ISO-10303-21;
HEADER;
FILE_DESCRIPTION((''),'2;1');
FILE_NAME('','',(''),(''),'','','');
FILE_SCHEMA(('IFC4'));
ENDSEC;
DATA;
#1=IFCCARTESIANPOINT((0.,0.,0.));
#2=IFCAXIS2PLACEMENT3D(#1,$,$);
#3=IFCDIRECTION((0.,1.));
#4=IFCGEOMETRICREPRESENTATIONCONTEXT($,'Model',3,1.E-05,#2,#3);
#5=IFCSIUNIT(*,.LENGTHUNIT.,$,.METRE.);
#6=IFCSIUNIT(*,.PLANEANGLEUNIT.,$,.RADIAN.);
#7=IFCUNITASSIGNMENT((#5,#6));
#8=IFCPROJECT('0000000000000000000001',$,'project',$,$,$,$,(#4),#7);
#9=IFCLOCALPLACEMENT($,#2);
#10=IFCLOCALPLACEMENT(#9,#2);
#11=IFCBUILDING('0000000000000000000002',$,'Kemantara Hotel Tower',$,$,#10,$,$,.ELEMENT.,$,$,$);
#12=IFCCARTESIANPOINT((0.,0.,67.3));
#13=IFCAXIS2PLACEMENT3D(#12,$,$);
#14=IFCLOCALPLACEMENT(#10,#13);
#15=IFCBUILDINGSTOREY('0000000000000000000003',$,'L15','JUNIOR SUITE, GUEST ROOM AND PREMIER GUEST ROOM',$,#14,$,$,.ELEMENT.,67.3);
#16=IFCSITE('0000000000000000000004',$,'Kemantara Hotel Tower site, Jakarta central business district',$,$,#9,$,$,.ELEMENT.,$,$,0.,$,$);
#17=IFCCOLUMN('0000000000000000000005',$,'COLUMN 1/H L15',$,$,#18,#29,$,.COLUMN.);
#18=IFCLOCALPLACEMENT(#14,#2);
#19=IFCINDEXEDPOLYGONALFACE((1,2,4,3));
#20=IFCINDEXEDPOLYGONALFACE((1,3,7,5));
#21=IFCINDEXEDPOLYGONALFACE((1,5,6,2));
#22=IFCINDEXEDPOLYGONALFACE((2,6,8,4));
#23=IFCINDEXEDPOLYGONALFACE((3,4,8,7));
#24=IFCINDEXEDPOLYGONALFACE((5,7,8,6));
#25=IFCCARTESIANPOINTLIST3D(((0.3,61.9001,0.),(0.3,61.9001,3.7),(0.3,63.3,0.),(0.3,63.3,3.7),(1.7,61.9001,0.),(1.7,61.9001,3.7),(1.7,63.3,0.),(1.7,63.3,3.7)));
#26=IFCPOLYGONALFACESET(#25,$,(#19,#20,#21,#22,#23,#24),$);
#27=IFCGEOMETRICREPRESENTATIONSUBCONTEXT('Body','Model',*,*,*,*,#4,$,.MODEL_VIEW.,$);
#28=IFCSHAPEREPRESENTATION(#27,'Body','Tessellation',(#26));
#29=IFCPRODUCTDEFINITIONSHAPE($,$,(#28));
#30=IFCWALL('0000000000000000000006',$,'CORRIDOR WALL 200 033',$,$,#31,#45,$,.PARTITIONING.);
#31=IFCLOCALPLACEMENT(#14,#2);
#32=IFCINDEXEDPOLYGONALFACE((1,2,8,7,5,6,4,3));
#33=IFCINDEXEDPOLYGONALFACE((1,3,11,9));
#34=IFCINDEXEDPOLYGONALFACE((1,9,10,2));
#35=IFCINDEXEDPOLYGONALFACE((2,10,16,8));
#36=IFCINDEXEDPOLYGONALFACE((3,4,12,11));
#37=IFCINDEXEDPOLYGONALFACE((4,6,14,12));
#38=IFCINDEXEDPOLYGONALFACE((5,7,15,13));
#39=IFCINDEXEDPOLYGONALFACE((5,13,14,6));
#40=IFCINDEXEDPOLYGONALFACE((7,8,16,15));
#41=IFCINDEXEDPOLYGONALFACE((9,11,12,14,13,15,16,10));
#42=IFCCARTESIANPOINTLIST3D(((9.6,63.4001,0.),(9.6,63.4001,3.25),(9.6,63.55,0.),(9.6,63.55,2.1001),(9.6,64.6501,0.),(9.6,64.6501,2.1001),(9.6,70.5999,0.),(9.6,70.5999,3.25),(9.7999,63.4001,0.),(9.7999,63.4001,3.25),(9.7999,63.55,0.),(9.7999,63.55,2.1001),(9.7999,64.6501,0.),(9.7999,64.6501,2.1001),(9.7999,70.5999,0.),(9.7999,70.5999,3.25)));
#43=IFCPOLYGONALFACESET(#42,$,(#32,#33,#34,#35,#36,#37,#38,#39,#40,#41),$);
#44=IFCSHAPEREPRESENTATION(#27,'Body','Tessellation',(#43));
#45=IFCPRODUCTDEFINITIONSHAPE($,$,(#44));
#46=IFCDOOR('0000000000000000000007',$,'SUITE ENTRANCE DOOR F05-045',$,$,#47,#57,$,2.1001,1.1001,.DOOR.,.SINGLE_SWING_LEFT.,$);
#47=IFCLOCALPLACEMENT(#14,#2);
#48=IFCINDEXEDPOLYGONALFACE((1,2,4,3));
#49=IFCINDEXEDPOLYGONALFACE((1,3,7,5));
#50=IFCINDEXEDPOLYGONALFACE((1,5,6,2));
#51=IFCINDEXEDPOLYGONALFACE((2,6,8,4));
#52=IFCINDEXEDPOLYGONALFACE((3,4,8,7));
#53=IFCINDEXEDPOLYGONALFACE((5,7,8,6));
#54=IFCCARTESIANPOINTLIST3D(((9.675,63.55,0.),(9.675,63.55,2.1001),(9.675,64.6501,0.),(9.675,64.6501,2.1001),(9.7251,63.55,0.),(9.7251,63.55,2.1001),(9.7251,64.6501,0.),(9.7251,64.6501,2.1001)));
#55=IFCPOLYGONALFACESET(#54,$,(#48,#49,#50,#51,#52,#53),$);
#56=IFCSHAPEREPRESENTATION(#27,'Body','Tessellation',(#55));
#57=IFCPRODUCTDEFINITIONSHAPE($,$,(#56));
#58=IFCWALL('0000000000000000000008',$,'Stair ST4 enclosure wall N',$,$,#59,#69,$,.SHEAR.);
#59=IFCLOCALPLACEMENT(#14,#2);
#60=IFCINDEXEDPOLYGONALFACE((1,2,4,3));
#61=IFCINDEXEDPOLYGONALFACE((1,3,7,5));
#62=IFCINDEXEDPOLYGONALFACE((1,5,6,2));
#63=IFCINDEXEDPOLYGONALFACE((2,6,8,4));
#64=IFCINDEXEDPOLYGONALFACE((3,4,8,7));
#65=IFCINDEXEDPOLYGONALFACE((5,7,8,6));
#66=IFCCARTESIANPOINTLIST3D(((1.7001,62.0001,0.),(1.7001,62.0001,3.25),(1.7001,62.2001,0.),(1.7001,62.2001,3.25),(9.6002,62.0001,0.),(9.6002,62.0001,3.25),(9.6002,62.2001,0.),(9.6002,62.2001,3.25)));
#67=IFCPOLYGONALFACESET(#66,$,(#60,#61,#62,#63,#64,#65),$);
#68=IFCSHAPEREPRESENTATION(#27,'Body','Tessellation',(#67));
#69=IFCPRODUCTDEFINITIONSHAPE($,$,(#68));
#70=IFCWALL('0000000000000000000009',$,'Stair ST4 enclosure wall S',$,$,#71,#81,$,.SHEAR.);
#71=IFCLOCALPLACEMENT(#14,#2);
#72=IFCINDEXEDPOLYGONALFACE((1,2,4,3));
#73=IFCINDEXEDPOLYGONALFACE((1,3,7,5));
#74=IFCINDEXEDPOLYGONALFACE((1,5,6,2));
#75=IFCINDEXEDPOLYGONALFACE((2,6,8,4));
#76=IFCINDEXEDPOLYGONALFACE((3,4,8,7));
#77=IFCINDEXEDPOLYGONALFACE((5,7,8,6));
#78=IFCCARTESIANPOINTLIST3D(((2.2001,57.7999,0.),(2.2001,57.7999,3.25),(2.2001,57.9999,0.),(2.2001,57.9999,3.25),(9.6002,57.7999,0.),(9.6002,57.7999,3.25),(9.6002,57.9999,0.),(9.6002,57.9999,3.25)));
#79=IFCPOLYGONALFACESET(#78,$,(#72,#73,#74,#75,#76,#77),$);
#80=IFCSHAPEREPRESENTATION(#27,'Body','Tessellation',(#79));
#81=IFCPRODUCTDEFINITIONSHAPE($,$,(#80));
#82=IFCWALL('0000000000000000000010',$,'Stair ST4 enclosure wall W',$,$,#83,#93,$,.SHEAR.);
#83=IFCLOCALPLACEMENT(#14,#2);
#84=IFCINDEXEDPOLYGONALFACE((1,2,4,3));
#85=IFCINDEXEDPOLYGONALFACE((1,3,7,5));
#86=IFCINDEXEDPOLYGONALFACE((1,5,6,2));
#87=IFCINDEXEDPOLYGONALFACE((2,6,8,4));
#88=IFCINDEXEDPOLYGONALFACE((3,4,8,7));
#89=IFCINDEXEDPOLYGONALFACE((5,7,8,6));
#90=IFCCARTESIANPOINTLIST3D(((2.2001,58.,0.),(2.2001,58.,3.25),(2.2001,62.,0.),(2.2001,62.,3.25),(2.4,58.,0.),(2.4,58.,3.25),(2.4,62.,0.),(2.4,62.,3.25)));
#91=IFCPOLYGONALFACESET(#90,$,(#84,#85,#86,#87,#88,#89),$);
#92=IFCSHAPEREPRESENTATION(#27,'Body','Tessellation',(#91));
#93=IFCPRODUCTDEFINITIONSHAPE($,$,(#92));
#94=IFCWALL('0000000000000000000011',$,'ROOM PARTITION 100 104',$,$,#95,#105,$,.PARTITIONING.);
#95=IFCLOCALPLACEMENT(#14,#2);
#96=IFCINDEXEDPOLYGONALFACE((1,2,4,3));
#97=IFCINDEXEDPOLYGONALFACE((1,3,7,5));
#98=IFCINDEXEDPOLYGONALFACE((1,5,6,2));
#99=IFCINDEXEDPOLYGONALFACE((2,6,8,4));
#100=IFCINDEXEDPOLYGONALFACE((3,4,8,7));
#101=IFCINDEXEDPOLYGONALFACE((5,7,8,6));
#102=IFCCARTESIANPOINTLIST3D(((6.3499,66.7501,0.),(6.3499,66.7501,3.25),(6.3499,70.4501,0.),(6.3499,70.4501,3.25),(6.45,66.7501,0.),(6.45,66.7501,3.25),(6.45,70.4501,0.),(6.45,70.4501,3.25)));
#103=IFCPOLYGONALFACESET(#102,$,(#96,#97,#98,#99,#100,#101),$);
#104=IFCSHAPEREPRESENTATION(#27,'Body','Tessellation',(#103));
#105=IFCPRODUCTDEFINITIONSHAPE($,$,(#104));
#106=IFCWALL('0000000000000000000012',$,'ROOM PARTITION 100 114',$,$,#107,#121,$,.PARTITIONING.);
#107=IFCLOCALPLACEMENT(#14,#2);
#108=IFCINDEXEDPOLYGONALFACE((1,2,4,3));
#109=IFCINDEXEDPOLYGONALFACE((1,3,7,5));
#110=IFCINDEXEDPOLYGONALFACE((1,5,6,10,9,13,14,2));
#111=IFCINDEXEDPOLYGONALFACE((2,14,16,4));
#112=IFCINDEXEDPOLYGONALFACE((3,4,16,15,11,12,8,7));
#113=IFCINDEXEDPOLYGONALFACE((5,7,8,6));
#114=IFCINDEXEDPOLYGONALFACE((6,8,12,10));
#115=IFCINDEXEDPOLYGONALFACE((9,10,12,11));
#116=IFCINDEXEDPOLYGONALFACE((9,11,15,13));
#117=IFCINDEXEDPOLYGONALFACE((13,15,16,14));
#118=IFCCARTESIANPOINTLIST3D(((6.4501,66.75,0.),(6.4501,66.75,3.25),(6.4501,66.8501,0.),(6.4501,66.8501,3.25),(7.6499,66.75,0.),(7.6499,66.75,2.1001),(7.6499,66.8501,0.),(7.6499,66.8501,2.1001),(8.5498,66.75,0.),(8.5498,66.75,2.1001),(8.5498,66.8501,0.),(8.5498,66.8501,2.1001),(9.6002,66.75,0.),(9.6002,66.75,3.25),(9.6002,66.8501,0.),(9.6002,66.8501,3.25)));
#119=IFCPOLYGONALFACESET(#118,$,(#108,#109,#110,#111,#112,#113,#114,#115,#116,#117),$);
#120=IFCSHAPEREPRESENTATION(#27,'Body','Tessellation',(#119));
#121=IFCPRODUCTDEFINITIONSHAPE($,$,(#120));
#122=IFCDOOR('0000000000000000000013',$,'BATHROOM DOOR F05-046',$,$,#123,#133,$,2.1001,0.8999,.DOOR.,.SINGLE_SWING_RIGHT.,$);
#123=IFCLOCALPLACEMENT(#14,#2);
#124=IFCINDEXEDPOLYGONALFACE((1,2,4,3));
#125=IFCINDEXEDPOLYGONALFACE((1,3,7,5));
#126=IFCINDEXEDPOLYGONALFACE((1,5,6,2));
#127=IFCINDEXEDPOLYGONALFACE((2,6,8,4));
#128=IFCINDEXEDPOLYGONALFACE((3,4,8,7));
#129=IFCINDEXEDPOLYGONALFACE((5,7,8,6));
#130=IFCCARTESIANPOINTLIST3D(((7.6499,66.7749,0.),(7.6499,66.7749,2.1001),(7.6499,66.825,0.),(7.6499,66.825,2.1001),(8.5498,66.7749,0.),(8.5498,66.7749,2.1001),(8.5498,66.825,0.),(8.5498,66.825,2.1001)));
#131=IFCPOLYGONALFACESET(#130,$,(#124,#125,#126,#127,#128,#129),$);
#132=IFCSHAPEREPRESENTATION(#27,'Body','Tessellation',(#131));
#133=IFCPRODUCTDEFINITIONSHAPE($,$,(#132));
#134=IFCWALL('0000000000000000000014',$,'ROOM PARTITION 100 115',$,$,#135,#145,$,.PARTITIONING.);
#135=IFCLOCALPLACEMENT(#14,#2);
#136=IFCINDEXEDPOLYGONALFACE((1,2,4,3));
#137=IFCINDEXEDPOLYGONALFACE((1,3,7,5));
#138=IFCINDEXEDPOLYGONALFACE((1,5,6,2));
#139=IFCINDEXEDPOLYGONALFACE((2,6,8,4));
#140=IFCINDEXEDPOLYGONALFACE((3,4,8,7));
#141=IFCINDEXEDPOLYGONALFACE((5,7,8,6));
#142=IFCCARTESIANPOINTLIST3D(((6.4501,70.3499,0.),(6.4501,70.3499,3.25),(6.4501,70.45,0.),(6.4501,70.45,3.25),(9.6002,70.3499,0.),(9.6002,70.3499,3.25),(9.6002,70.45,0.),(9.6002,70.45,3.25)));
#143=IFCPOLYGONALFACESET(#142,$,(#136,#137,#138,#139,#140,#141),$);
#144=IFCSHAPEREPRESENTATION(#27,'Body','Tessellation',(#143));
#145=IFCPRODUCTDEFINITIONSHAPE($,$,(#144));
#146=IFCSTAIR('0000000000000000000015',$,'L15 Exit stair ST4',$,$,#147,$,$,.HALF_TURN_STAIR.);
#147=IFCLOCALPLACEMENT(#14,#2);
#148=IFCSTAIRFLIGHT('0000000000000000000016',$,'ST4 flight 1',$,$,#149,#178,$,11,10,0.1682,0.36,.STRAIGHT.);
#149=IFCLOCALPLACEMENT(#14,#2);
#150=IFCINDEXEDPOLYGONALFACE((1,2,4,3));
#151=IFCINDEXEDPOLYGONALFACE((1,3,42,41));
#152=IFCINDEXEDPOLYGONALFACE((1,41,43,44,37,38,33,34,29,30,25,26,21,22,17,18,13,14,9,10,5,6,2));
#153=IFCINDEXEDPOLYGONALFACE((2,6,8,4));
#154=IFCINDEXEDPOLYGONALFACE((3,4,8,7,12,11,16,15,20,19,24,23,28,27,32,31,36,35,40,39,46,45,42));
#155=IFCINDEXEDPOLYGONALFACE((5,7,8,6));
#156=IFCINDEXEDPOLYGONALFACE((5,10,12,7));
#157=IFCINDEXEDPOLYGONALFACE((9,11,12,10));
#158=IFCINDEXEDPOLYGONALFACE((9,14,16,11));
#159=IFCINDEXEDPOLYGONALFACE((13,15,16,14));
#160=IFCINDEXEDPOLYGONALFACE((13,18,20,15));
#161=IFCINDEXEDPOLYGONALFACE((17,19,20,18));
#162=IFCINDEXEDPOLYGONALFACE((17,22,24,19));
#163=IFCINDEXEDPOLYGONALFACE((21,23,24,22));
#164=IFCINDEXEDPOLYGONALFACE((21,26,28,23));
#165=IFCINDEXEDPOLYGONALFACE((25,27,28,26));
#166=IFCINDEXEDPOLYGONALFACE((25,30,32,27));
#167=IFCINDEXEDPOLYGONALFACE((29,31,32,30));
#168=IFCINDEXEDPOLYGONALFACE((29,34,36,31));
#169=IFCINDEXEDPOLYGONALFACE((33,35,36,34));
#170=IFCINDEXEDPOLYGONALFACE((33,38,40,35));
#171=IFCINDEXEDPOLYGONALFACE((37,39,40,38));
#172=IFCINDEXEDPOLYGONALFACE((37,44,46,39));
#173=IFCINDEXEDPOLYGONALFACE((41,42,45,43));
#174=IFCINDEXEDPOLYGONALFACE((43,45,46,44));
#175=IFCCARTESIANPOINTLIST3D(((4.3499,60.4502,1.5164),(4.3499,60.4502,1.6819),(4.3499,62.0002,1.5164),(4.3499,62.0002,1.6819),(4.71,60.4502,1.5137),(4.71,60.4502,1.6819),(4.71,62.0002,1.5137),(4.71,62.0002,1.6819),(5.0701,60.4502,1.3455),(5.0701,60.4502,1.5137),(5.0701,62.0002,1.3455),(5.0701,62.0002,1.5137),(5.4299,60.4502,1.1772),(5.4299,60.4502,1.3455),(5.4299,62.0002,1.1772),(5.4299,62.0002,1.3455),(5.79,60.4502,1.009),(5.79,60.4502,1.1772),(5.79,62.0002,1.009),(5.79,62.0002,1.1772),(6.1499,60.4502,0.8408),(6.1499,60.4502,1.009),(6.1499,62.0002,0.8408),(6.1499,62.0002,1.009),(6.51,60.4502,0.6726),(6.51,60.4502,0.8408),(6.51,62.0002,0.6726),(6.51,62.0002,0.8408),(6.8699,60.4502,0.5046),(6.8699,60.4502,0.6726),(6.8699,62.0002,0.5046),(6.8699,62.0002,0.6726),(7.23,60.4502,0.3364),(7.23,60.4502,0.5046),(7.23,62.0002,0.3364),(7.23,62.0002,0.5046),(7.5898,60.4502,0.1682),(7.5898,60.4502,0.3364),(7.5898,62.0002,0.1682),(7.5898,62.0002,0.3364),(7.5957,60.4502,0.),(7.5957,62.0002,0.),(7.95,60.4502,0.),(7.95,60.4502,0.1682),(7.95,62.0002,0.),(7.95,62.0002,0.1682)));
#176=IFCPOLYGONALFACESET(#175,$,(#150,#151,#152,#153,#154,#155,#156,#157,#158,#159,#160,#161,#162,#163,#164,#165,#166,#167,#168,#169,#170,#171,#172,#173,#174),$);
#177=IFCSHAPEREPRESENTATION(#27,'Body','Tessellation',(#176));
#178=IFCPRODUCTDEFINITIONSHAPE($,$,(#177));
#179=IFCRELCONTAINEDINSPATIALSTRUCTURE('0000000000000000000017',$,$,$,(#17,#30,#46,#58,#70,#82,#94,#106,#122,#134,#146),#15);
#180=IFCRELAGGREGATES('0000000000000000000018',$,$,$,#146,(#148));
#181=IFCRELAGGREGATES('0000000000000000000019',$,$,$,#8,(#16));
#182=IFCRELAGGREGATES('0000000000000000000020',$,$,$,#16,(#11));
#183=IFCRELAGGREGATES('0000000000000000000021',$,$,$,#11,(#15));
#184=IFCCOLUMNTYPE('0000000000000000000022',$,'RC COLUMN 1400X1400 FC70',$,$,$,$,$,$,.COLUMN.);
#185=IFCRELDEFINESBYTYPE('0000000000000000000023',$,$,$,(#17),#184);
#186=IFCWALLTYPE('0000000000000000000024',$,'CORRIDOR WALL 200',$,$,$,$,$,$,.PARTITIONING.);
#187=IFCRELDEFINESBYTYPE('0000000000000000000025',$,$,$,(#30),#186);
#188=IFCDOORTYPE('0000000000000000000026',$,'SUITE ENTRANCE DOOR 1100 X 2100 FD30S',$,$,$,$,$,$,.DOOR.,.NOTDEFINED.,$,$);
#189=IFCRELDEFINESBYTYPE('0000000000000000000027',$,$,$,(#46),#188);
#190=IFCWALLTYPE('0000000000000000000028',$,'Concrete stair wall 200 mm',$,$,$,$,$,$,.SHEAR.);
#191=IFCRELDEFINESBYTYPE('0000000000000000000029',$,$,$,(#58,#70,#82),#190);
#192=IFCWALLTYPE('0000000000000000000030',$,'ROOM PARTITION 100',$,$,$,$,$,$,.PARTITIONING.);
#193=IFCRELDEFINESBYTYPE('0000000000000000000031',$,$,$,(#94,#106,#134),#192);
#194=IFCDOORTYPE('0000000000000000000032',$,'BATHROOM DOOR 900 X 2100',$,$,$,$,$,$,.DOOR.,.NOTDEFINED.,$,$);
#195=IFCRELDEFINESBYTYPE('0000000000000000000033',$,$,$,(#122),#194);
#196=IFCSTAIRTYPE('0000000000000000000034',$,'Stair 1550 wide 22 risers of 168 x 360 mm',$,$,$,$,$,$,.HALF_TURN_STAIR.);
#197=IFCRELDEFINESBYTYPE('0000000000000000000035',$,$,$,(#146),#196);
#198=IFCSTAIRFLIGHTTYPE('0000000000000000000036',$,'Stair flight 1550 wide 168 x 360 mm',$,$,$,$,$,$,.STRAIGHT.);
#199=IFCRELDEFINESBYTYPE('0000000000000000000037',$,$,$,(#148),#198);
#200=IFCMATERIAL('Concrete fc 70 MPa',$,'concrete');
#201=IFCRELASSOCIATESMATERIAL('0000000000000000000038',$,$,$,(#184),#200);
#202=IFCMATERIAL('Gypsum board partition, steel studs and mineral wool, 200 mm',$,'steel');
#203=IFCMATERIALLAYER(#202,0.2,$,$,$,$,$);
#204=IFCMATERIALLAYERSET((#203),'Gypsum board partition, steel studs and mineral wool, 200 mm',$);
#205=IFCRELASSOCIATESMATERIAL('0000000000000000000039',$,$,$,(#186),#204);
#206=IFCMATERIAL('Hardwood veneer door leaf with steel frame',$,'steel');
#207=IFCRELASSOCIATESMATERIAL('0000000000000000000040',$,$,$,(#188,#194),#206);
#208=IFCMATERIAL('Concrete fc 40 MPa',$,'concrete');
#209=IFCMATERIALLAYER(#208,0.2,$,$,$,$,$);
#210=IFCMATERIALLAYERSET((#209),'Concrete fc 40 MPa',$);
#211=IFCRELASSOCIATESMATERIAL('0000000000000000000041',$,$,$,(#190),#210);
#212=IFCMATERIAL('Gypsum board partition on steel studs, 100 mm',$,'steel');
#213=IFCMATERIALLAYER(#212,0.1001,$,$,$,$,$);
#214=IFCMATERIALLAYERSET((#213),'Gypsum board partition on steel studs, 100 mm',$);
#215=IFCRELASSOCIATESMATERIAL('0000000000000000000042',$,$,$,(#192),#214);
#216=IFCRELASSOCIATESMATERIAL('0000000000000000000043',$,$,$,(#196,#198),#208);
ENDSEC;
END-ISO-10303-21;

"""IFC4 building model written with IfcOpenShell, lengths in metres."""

from ifc_helpers import new_model, si_unit, direction, frame, frame_2d, origin, origin_2d, place, context, subcontext, project, spatial, polyline, rectangle, outline, extrude, material, layer, layer_set, material_profile, profile_set, type_object, element, fill, aggregate, save


model = new_model("IFC4")

# Units and contexts
model_context = context("Model", 3, precision=1e-05, world=origin(), true_north=direction((0.0, 1.0)))
body_context = subcontext(model_context, "Body", "Model", "MODEL_VIEW")
ifc_project = project(units=[si_unit("LENGTHUNIT", "METRE"), si_unit("PLANEANGLEUNIT", "RADIAN")], contexts=[model_context])

# Site, building, storey
site_placement = place(None, origin())
site = spatial("IfcSite", under=ifc_project, at=site_placement, Name="Kemantara Hotel Tower site, Jakarta central business district", CompositionType="ELEMENT", RefElevation=0.0)
building_placement = place(site_placement, origin())
building = spatial("IfcBuilding", under=site, at=building_placement, Name="Kemantara Hotel Tower", CompositionType="ELEMENT")
storey_placement = place(building_placement, frame((0.0, 0.0, 67.3)))
storey = spatial("IfcBuildingStorey", under=building, at=storey_placement, Name="L15", Description="JUNIOR SUITE, GUEST ROOM AND PREMIER GUEST ROOM", CompositionType="ELEMENT", Elevation=67.3)

# Column
ifc_material_1 = material(Name="Concrete fc 70 MPa", Category="concrete")
ifc_material_profile = material_profile(ifc_material_1, rectangle(XDim=1.3999, YDim=1.3999, at=origin_2d()), Name="RC 1400X1400")
ifc_profile_set = profile_set([ifc_material_profile], Name="Concrete fc 70 MPa")
column_type = type_object("IfcColumnType", Name="RC COLUMN 1400X1400 FC70", PredefinedType="COLUMN", material=ifc_profile_set)
column_placement = place(storey_placement, frame((1.0, 62.6001, 0.0), z_axis=(0.0, 0.0, 1.0), x_axis=(1.0, 0.0, 0.0)))
element("IfcColumn", 1, at=column_placement, inside=storey, type_object=column_type, Name="COLUMN 1/H L15", PredefinedType="COLUMN", context=body_context, shape_type="SweptSolid", body=[
    extrude(rectangle(XDim=1.3999, YDim=1.3999, at=origin_2d()), origin(), (0.0, 0.0, 1.0), 3.7),
])

# Wall, opening, door
ifc_material_2 = material(Name="Gypsum board partition, steel studs and mineral wool, 200 mm", Category="steel")
ifc_layer_1 = layer(ifc_material_2, 0.2)
ifc_layer_set_1 = layer_set([ifc_layer_1], Name="Gypsum board partition, steel studs and mineral wool, 200 mm")
wall_type_1 = type_object("IfcWallType", Name="CORRIDOR WALL 200", PredefinedType="PARTITIONING", material=ifc_layer_set_1)
wall_1_placement = place(storey_placement, frame((9.7, 63.4001, 0.0), z_axis=(0.0, 0.0, 1.0), x_axis=(0.0, 1.0, 0.0)))
wall_1 = element("IfcWall", 2, at=wall_1_placement, inside=storey, type_object=wall_type_1, Name="CORRIDOR WALL 200 033", PredefinedType="PARTITIONING", context=body_context, shape_type="SweptSolid", body=[
    extrude(rectangle(XDim=7.1997, YDim=0.2, at=frame_2d((3.5999, 0.0))), origin(), (0.0, 0.0, 1.0), 3.25),
])
opening_1_placement = place(wall_1_placement, frame((0.1499, 0.0, 0.0)))
opening_1 = element("IfcOpeningElement", 3, at=opening_1_placement, cuts=wall_1, PredefinedType="OPENING", context=body_context, shape_type="SweptSolid", body=[
    extrude(rectangle(XDim=1.1001, YDim=2.1001, at=frame_2d((0.55, 1.05))), frame((0.0, 0.1099, 0.0), z_axis=(0.0, -1.0, 0.0), x_axis=(1.0, 0.0, 0.0)), (0.0, 0.0, 1.0), 0.22),
])
ifc_material_3 = material(Name="Hardwood veneer door leaf with steel frame", Category="steel")
door_type_1 = type_object("IfcDoorType", Name="SUITE ENTRANCE DOOR 1100 X 2100 FD30S", OperationType="NOTDEFINED", PredefinedType="DOOR", material=ifc_material_3)
door_1_placement = place(opening_1_placement, origin())
door_1 = element("IfcDoor", 4, at=door_1_placement, inside=storey, type_object=door_type_1, Name="SUITE ENTRANCE DOOR F05-045", OperationType="SINGLE_SWING_LEFT", OverallHeight=2.1001, OverallWidth=1.1001, PredefinedType="DOOR", context=body_context, shape_type="SweptSolid", body=[
    extrude(rectangle(XDim=1.1001, YDim=2.1001, at=frame_2d((0.55, 1.05))), frame((0.0, 0.0249, 0.0), z_axis=(0.0, -1.0, 0.0), x_axis=(1.0, 0.0, 0.0)), (0.0, 0.0, 1.0), 0.05),
])
fill(opening_1, door_1)

# Walls
ifc_material_4 = material(Name="Concrete fc 40 MPa", Category="concrete")
ifc_layer_2 = layer(ifc_material_4, 0.2)
ifc_layer_set_2 = layer_set([ifc_layer_2], Name="Concrete fc 40 MPa")
wall_type_2 = type_object("IfcWallType", Name="Concrete stair wall 200 mm", PredefinedType="SHEAR", material=ifc_layer_set_2)
wall_2_placement = place(storey_placement, frame((1.7, 62.1001, 0.0), z_axis=(0.0, 0.0, 1.0), x_axis=(1.0, 0.0, 0.0)))
element("IfcWall", 5, at=wall_2_placement, inside=storey, type_object=wall_type_2, Name="Stair ST4 enclosure wall N", PredefinedType="SHEAR", context=body_context, shape_type="SweptSolid", body=[
    extrude(rectangle(XDim=7.9001, YDim=0.2, at=frame_2d((3.9502, 0.0))), origin(), (0.0, 0.0, 1.0), 3.25),
])
wall_3_placement = place(storey_placement, frame((2.2, 57.8999, 0.0), z_axis=(0.0, 0.0, 1.0), x_axis=(1.0, 0.0, 0.0)))
element("IfcWall", 6, at=wall_3_placement, inside=storey, type_object=wall_type_2, Name="Stair ST4 enclosure wall S", PredefinedType="SHEAR", context=body_context, shape_type="SweptSolid", body=[
    extrude(rectangle(XDim=7.4001, YDim=0.2, at=frame_2d((3.7002, 0.0))), origin(), (0.0, 0.0, 1.0), 3.25),
])
wall_4_placement = place(storey_placement, frame((2.3, 58.0, 0.0), z_axis=(0.0, 0.0, 1.0), x_axis=(0.0, 1.0, 0.0)))
element("IfcWall", 7, at=wall_4_placement, inside=storey, type_object=wall_type_2, Name="Stair ST4 enclosure wall W", PredefinedType="SHEAR", context=body_context, shape_type="SweptSolid", body=[
    extrude(rectangle(XDim=4.0, YDim=0.2, at=frame_2d((2.0, 0.0))), origin(), (0.0, 0.0, 1.0), 3.25),
])
ifc_material_5 = material(Name="Gypsum board partition on steel studs, 100 mm", Category="steel")
ifc_layer_3 = layer(ifc_material_5, 0.1001)
ifc_layer_set_3 = layer_set([ifc_layer_3], Name="Gypsum board partition on steel studs, 100 mm")
wall_type_3 = type_object("IfcWallType", Name="ROOM PARTITION 100", PredefinedType="PARTITIONING", material=ifc_layer_set_3)
wall_5_placement = place(storey_placement, frame((6.3999, 66.75, 0.0), z_axis=(0.0, 0.0, 1.0), x_axis=(0.0, 1.0, 0.0)))
element("IfcWall", 8, at=wall_5_placement, inside=storey, type_object=wall_type_3, Name="ROOM PARTITION 100 104", PredefinedType="PARTITIONING", context=body_context, shape_type="SweptSolid", body=[
    extrude(rectangle(XDim=3.7, YDim=0.1001, at=frame_2d((1.8501, 0.0))), origin(), (0.0, 0.0, 1.0), 3.25),
])

# Wall, opening, door
wall_6_placement = place(storey_placement, frame((6.45, 66.8, 0.0), z_axis=(0.0, 0.0, 1.0), x_axis=(1.0, 0.0, 0.0)))
wall_6 = element("IfcWall", 9, at=wall_6_placement, inside=storey, type_object=wall_type_3, Name="ROOM PARTITION 100 114", PredefinedType="PARTITIONING", context=body_context, shape_type="SweptSolid", body=[
    extrude(rectangle(XDim=3.1501, YDim=0.1001, at=frame_2d((1.5752, 0.0))), origin(), (0.0, 0.0, 1.0), 3.25),
])
opening_2_placement = place(wall_6_placement, frame((1.2, 0.0, 0.0)))
opening_2 = element("IfcOpeningElement", 10, at=opening_2_placement, cuts=wall_6, PredefinedType="OPENING", context=body_context, shape_type="SweptSolid", body=[
    extrude(rectangle(XDim=0.8999, YDim=2.1001, at=frame_2d((0.45, 1.05))), frame((0.0, 0.0601, 0.0), z_axis=(0.0, -1.0, 0.0), x_axis=(1.0, 0.0, 0.0)), (0.0, 0.0, 1.0), 0.1201),
])
door_type_2 = type_object("IfcDoorType", Name="BATHROOM DOOR 900 X 2100", OperationType="NOTDEFINED", PredefinedType="DOOR", material=ifc_material_3)
door_2_placement = place(opening_2_placement, origin())
door_2 = element("IfcDoor", 11, at=door_2_placement, inside=storey, type_object=door_type_2, Name="BATHROOM DOOR F05-046", OperationType="SINGLE_SWING_RIGHT", OverallHeight=2.1001, OverallWidth=0.8999, PredefinedType="DOOR", context=body_context, shape_type="SweptSolid", body=[
    extrude(rectangle(XDim=0.8999, YDim=2.1001, at=frame_2d((0.45, 1.05))), frame((0.0, 0.0249, 0.0), z_axis=(0.0, -1.0, 0.0), x_axis=(1.0, 0.0, 0.0)), (0.0, 0.0, 1.0), 0.05),
])
fill(opening_2, door_2)

# Wall
wall_7_placement = place(storey_placement, frame((6.45, 70.3999, 0.0), z_axis=(0.0, 0.0, 1.0), x_axis=(1.0, 0.0, 0.0)))
element("IfcWall", 12, at=wall_7_placement, inside=storey, type_object=wall_type_3, Name="ROOM PARTITION 100 115", PredefinedType="PARTITIONING", context=body_context, shape_type="SweptSolid", body=[
    extrude(rectangle(XDim=3.1501, YDim=0.1001, at=frame_2d((1.5752, 0.0))), origin(), (0.0, 0.0, 1.0), 3.25),
])

# Stair, stair flight
stair_type = type_object("IfcStairType", Name="Stair 1550 wide 22 risers of 168 x 360 mm", PredefinedType="HALF_TURN_STAIR", material=ifc_material_4)
stair_placement = place(storey_placement, origin())
stair = element("IfcStair", 13, at=stair_placement, inside=storey, type_object=stair_type, Name="L15 Exit stair ST4", PredefinedType="HALF_TURN_STAIR")
stair_flight_type = type_object("IfcStairFlightType", Name="Stair flight 1550 wide 168 x 360 mm", PredefinedType="STRAIGHT", material=ifc_material_4)
stair_flight_1_placement = place(storey_placement, frame((7.95, 61.2251, 0.0), z_axis=(0.0, 0.0, 1.0), x_axis=(-1.0, 0.0, 0.0)))
stair_flight_1 = element("IfcStairFlight", 14, at=stair_flight_1_placement, type_object=stair_flight_type, Name="ST4 flight 1", NumberOfRisers=11, NumberOfTreads=10, PredefinedType="STRAIGHT", RiserHeight=0.1682, TreadLength=0.36, context=body_context, shape_type="SweptSolid", body=[
    extrude(outline(polyline([(0.0, 0.0), (0.0, 0.1682), (0.3601, 0.1682), (0.3601, 0.3364), (0.72, 0.3364), (0.72, 0.5046), (1.0801, 0.5046), (1.0801, 0.6726), (1.4399, 0.6726), (1.4399, 0.8408), (1.8, 0.8408), (1.8, 1.009), (2.1599, 1.009), (2.1599, 1.1772), (2.52, 1.1772), (2.52, 1.3455), (2.8799, 1.3455), (2.8799, 1.5137), (3.24, 1.5137), (3.24, 1.6819), (3.6001, 1.6819), (3.6001, 1.8501), (3.6001, 1.5164), (0.3542, 0.0), (0.0, 0.0)])), frame((0.0, 0.7749, 0.0), z_axis=(0.0, -1.0, 0.0), x_axis=(1.0, 0.0, 0.0)), (0.0, 0.0, 1.0), 1.55),
])
aggregate(stair, [stair_flight_1])

save(model, "model.ifc")
